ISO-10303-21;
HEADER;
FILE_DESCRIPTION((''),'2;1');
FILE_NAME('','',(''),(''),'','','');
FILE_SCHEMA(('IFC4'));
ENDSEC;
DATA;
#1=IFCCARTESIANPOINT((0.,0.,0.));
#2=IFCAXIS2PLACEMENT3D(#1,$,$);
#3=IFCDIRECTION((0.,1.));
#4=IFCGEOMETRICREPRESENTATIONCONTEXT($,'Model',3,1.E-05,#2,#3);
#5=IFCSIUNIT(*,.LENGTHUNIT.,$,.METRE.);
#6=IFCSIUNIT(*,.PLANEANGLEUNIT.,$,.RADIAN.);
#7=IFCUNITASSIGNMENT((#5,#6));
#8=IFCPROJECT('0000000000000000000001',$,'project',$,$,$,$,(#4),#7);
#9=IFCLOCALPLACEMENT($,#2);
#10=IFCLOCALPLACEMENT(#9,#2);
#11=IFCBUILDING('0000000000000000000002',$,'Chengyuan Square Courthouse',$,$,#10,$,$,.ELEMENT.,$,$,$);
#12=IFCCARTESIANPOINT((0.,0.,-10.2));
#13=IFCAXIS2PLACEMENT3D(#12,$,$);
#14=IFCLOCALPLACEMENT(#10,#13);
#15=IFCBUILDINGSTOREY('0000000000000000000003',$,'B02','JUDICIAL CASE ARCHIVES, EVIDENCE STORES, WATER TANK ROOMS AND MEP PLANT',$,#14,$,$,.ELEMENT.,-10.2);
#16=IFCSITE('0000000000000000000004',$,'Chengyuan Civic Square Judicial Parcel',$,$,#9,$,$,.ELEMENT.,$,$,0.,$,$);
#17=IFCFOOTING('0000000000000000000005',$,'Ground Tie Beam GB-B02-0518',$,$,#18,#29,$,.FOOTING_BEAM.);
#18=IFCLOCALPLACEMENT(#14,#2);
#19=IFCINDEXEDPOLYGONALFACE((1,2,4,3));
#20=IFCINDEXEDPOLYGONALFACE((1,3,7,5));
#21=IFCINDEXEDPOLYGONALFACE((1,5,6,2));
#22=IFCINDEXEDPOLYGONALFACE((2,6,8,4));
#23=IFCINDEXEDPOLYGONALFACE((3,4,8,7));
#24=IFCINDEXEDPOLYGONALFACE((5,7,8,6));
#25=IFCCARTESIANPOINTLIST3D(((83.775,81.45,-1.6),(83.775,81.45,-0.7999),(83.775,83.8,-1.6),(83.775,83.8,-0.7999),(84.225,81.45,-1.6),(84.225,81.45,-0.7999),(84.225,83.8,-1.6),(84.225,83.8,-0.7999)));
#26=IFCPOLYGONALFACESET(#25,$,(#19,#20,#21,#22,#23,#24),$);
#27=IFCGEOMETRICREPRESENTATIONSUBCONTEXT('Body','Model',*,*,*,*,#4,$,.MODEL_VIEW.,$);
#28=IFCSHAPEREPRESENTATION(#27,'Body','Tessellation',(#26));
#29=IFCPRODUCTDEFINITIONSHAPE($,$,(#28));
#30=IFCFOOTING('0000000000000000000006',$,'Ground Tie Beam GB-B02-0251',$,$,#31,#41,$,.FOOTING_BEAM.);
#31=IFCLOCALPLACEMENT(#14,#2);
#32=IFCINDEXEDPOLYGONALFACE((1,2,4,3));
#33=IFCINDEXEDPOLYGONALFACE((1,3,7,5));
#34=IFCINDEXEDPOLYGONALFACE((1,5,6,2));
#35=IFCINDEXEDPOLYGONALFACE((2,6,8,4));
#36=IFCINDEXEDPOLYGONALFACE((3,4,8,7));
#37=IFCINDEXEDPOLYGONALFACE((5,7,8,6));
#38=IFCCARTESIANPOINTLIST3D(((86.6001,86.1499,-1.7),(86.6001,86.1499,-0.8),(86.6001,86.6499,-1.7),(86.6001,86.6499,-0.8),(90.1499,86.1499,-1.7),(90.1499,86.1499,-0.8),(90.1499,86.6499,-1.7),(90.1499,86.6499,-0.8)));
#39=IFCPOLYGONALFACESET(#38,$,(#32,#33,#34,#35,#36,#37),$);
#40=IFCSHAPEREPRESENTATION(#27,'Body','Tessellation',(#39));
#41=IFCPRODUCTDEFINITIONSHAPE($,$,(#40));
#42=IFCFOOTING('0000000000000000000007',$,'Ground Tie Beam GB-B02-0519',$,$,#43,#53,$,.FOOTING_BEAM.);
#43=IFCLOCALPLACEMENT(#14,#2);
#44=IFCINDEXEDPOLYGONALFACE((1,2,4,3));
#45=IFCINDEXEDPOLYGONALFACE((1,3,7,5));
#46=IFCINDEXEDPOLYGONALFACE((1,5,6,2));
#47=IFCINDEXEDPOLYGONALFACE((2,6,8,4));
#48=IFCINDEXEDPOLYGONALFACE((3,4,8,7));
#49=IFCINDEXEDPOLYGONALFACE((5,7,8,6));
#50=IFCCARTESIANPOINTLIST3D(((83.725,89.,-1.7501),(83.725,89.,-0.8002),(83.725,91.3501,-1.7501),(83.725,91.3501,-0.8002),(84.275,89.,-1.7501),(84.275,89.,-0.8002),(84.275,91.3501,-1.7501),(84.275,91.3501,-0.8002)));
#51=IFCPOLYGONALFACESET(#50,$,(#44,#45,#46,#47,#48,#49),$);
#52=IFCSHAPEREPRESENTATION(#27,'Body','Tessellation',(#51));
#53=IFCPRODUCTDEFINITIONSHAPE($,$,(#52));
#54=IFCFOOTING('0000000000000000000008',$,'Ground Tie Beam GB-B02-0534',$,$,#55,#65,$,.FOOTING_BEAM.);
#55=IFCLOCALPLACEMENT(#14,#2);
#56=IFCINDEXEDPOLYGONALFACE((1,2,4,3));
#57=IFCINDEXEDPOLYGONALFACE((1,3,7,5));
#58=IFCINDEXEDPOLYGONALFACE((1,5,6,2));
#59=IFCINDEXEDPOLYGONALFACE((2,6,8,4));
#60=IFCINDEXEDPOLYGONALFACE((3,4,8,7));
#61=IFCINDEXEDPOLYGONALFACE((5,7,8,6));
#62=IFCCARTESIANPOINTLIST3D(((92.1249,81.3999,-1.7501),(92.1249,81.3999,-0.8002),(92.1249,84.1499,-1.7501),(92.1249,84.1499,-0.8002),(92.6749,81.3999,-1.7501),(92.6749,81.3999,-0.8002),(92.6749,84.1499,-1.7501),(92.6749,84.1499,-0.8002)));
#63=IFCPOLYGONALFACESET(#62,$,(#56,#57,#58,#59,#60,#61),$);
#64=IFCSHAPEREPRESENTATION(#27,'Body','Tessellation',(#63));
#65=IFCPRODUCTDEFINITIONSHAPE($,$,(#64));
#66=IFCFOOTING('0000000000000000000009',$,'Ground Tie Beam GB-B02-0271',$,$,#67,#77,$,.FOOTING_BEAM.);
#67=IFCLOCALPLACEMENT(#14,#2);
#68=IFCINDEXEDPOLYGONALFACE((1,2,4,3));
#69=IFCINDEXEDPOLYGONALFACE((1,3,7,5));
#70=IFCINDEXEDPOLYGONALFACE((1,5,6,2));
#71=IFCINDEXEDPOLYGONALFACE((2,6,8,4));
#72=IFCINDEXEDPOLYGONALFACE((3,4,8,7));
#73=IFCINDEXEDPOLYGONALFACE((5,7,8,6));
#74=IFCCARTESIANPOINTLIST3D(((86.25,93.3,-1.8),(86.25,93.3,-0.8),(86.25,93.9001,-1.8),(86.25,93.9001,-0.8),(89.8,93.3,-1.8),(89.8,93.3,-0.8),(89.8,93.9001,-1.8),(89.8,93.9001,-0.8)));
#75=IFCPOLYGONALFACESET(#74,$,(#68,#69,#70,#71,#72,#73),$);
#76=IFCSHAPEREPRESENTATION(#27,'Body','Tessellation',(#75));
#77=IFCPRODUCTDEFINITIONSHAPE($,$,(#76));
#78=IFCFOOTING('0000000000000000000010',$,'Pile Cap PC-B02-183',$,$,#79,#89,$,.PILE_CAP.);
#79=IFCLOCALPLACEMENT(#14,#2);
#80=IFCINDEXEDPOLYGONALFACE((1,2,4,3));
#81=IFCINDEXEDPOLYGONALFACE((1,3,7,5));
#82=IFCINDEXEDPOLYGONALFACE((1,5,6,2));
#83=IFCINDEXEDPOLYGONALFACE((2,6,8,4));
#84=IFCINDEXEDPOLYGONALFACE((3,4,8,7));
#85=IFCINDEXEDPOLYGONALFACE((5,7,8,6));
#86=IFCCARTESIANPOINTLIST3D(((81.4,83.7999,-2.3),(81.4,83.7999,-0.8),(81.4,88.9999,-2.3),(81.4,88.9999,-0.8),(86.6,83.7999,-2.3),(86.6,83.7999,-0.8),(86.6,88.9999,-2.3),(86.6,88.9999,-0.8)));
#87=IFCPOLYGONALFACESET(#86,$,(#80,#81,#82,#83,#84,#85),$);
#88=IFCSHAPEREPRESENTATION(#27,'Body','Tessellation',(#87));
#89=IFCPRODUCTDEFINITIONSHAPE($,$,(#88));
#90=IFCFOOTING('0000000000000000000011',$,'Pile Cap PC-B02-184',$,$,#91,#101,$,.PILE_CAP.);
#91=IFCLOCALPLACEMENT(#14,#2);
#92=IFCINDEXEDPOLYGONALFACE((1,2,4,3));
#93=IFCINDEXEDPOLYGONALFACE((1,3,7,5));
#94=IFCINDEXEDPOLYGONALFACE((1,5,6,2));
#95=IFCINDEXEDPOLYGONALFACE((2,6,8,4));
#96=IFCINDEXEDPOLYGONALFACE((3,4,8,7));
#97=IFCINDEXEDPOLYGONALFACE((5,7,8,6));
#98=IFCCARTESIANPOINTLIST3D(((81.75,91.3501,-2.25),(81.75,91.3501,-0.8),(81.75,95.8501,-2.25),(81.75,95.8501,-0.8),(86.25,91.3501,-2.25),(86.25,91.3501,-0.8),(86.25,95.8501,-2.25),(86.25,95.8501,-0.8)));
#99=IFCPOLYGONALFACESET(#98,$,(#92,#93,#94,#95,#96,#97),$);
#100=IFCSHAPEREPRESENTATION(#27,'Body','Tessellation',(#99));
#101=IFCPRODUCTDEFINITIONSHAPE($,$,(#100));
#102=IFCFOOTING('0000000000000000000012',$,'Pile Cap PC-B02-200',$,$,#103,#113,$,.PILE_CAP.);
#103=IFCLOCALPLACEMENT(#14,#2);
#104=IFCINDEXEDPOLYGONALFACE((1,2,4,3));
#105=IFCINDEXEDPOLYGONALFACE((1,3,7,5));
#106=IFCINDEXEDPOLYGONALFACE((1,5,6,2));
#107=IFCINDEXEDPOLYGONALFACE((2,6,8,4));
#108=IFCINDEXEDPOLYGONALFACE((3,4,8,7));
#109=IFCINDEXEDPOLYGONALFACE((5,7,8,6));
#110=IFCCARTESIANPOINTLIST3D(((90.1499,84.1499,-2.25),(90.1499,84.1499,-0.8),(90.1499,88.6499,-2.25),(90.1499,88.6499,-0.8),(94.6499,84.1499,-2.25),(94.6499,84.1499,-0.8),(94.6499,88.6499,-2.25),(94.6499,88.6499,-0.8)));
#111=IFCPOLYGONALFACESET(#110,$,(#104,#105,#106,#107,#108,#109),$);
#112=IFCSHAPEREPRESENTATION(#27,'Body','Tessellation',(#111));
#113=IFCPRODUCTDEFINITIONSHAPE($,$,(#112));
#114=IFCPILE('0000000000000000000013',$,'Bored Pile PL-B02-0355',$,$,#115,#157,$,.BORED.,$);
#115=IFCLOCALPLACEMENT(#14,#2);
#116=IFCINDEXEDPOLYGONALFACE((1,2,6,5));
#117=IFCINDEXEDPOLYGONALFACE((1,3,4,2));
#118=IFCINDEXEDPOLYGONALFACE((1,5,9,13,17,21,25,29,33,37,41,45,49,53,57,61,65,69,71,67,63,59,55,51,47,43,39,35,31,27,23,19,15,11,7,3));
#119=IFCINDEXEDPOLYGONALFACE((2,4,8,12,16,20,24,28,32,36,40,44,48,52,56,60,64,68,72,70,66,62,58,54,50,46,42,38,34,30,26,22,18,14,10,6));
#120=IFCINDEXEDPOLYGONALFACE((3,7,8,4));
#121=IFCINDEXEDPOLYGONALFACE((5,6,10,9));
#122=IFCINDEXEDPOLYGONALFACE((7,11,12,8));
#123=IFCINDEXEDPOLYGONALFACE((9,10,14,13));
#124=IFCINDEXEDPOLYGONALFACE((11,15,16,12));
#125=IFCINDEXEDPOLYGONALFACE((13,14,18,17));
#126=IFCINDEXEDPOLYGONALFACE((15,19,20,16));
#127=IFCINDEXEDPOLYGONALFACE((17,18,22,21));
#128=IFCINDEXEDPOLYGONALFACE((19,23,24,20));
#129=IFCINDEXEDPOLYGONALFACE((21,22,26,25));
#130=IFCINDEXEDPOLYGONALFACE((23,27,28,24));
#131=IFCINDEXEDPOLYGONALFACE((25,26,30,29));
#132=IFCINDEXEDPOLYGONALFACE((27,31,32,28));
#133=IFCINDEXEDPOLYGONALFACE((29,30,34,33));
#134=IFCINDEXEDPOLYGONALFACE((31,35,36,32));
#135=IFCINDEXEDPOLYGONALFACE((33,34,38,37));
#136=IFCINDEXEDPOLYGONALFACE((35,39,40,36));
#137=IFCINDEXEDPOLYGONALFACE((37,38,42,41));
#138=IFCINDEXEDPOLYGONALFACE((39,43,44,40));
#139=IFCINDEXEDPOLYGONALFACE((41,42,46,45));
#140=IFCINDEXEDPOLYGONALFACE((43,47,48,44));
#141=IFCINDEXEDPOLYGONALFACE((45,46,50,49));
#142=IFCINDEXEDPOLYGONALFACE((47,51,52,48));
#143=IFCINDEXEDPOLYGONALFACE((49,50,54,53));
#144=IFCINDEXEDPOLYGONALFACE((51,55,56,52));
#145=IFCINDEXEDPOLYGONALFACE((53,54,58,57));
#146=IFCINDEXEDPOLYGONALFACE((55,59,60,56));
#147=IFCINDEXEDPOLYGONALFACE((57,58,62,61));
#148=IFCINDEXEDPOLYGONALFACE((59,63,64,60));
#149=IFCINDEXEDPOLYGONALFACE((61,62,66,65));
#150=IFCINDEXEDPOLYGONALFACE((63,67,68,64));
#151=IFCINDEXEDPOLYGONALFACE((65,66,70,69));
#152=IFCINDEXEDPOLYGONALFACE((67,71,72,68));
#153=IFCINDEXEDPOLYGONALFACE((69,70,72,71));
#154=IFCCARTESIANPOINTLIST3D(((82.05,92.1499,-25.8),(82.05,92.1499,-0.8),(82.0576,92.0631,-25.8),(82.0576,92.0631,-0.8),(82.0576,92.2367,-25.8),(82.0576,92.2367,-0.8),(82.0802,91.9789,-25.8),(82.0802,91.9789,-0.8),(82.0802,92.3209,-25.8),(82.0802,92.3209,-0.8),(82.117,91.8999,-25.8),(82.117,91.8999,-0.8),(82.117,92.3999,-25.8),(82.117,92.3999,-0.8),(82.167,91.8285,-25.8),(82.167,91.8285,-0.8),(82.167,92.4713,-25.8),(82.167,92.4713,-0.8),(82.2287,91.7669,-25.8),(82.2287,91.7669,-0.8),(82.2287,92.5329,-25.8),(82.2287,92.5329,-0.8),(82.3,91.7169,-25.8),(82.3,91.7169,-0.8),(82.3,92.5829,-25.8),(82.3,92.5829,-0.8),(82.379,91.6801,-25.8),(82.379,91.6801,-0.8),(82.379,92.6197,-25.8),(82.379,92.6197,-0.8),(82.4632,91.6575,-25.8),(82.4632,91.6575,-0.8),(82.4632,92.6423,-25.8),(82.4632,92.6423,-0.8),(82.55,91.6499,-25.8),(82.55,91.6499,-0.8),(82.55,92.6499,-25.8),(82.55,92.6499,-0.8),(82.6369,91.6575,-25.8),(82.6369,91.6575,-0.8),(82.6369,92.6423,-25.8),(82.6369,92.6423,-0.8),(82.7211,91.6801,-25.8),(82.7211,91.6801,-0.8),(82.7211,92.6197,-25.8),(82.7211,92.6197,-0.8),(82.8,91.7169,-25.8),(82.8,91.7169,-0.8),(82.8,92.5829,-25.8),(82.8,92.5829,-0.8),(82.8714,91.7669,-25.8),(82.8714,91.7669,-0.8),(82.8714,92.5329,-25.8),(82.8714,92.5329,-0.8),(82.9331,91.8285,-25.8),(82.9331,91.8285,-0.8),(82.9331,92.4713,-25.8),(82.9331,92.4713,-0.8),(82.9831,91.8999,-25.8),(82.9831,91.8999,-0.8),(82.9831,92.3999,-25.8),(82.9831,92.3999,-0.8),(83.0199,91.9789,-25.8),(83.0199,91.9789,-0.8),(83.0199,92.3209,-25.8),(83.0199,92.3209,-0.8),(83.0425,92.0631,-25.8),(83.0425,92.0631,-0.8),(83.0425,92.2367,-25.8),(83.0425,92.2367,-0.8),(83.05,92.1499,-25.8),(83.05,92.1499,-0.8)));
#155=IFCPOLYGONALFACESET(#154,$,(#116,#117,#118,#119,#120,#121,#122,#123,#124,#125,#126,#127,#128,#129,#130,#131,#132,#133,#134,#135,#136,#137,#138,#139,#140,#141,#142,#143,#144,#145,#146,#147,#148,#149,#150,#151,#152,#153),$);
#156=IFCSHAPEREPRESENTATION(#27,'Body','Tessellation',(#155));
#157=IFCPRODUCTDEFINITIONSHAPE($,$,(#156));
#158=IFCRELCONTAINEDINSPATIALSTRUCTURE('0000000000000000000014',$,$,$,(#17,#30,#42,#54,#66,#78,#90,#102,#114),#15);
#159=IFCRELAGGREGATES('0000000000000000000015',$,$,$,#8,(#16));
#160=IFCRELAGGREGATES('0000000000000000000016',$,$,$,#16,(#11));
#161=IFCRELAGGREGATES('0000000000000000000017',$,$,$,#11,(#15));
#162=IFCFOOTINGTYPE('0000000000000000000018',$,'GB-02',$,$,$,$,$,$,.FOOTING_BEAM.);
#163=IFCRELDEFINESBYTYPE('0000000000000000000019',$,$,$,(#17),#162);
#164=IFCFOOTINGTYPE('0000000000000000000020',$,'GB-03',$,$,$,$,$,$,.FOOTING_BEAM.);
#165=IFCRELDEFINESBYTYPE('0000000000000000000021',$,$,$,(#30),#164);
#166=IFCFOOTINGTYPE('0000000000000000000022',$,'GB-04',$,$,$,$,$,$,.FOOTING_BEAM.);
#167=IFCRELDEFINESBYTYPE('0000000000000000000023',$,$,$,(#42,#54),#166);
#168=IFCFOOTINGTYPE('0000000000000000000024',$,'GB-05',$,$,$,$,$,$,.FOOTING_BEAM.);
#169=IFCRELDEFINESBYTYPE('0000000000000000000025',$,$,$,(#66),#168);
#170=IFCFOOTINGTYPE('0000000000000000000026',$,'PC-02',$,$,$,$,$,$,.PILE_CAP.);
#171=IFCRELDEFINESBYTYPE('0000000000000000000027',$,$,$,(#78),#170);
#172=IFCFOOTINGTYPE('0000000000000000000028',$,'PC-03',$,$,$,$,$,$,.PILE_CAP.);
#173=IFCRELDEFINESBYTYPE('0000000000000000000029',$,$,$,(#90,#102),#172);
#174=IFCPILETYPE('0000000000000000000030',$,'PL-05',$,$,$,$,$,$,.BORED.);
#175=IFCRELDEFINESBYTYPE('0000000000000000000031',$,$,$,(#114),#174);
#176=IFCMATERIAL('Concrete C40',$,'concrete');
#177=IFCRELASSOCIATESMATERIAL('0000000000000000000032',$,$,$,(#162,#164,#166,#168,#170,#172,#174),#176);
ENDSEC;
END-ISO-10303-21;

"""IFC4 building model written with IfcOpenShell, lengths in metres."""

from ifc_helpers import new_model, si_unit, direction, frame, origin, origin_2d, place, context, subcontext, project, spatial, rectangle, circle, extrude, material, material_profile, profile_set, type_object, element, save


model = new_model("IFC4")

# Units and contexts
model_context = context("Model", 3, precision=1e-05, world=origin(), true_north=direction((0.0, 1.0)))
body_context = subcontext(model_context, "Body", "Model", "MODEL_VIEW")
ifc_project = project(units=[si_unit("LENGTHUNIT", "METRE"), si_unit("PLANEANGLEUNIT", "RADIAN")], contexts=[model_context])

# Site, building, storey
site_placement = place(None, origin())
site = spatial("IfcSite", under=ifc_project, at=site_placement, Name="Chengyuan Civic Square Judicial Parcel", CompositionType="ELEMENT", RefElevation=0.0)
building_placement = place(site_placement, origin())
building = spatial("IfcBuilding", under=site, at=building_placement, Name="Chengyuan Square Courthouse", CompositionType="ELEMENT")
storey_placement = place(building_placement, frame((0.0, 0.0, -10.2)))
storey = spatial("IfcBuildingStorey", under=building, at=storey_placement, Name="B02", Description="JUDICIAL CASE ARCHIVES, EVIDENCE STORES, WATER TANK ROOMS AND MEP PLANT", CompositionType="ELEMENT", Elevation=-10.2)

# Footings
ifc_material_1 = material(Name="Concrete C40", Category="concrete")
ifc_material_profile_1 = material_profile(ifc_material_1, rectangle(XDim=0.45, YDim=0.8, at=origin_2d()), Name="GB-450x800")
ifc_profile_set_1 = profile_set([ifc_material_profile_1], Name="Concrete C40")
footing_type_1 = type_object("IfcFootingType", Name="GB-02", PredefinedType="FOOTING_BEAM", material=ifc_profile_set_1)
footing_1_placement = place(storey_placement, frame((84.0, 81.45, -1.2), z_axis=(0.0, 1.0, 0.0), x_axis=(-1.0, 0.0, 0.0)))
element("IfcFooting", 1, at=footing_1_placement, inside=storey, type_object=footing_type_1, Name="Ground Tie Beam GB-B02-0518", PredefinedType="FOOTING_BEAM", context=body_context, shape_type="SweptSolid", body=[
    extrude(rectangle(XDim=0.45, YDim=0.8, at=origin_2d()), origin(), (0.0, 0.0, 1.0), 2.3501),
])
ifc_material_profile_2 = material_profile(ifc_material_1, rectangle(XDim=0.5, YDim=0.8999, at=origin_2d()), Name="GB-500x900")
ifc_profile_set_2 = profile_set([ifc_material_profile_2], Name="Concrete C40")
footing_type_2 = type_object("IfcFootingType", Name="GB-03", PredefinedType="FOOTING_BEAM", material=ifc_profile_set_2)
footing_2_placement = place(storey_placement, frame((86.6001, 86.3999, -1.25), z_axis=(1.0, 0.0, 0.0), x_axis=(0.0, 1.0, 0.0)))
element("IfcFooting", 2, at=footing_2_placement, inside=storey, type_object=footing_type_2, Name="Ground Tie Beam GB-B02-0251", PredefinedType="FOOTING_BEAM", context=body_context, shape_type="SweptSolid", body=[
    extrude(rectangle(XDim=0.5, YDim=0.8999, at=origin_2d()), origin(), (0.0, 0.0, 1.0), 3.5498),
])
ifc_material_profile_3 = material_profile(ifc_material_1, rectangle(XDim=0.55, YDim=0.95, at=origin_2d()), Name="GB-550x950")
ifc_profile_set_3 = profile_set([ifc_material_profile_3], Name="Concrete C40")
footing_type_3 = type_object("IfcFootingType", Name="GB-04", PredefinedType="FOOTING_BEAM", material=ifc_profile_set_3)
footing_3_placement = place(storey_placement, frame((84.0, 89.0, -1.2751), z_axis=(0.0, 1.0, 0.0), x_axis=(-1.0, 0.0, 0.0)))
element("IfcFooting", 3, at=footing_3_placement, inside=storey, type_object=footing_type_3, Name="Ground Tie Beam GB-B02-0519", PredefinedType="FOOTING_BEAM", context=body_context, shape_type="SweptSolid", body=[
    extrude(rectangle(XDim=0.55, YDim=0.95, at=origin_2d()), origin(), (0.0, 0.0, 1.0), 2.3501),
])
footing_4_placement = place(storey_placement, frame((92.3999, 81.3999, -1.2751), z_axis=(0.0, 1.0, 0.0), x_axis=(-1.0, 0.0, 0.0)))
element("IfcFooting", 4, at=footing_4_placement, inside=storey, type_object=footing_type_3, Name="Ground Tie Beam GB-B02-0534", PredefinedType="FOOTING_BEAM", context=body_context, shape_type="SweptSolid", body=[
    extrude(rectangle(XDim=0.55, YDim=0.95, at=origin_2d()), origin(), (0.0, 0.0, 1.0), 2.75),
])
ifc_material_profile_4 = material_profile(ifc_material_1, rectangle(XDim=0.6001, YDim=1.0, at=origin_2d()), Name="GB-600x1000")
ifc_profile_set_4 = profile_set([ifc_material_profile_4], Name="Concrete C40")
footing_type_4 = type_object("IfcFootingType", Name="GB-05", PredefinedType="FOOTING_BEAM", material=ifc_profile_set_4)
footing_5_placement = place(storey_placement, frame((86.25, 93.6001, -1.3), z_axis=(1.0, 0.0, 0.0), x_axis=(0.0, 1.0, 0.0)))
element("IfcFooting", 5, at=footing_5_placement, inside=storey, type_object=footing_type_4, Name="Ground Tie Beam GB-B02-0271", PredefinedType="FOOTING_BEAM", context=body_context, shape_type="SweptSolid", body=[
    extrude(rectangle(XDim=0.6001, YDim=1.0, at=origin_2d()), origin(), (0.0, 0.0, 1.0), 3.55),
])
footing_type_5 = type_object("IfcFootingType", Name="PC-02", PredefinedType="PILE_CAP", material=ifc_material_1)
footing_6_placement = place(storey_placement, frame((84.0, 86.3999, -2.3), z_axis=(0.0, 0.0, 1.0), x_axis=(1.0, 0.0, 0.0)))
element("IfcFooting", 6, at=footing_6_placement, inside=storey, type_object=footing_type_5, Name="Pile Cap PC-B02-183", PredefinedType="PILE_CAP", context=body_context, shape_type="SweptSolid", body=[
    extrude(rectangle(XDim=5.2, YDim=5.2, at=origin_2d()), origin(), (0.0, 0.0, 1.0), 1.5),
])
footing_type_6 = type_object("IfcFootingType", Name="PC-03", PredefinedType="PILE_CAP", material=ifc_material_1)
for number, where, z_axis, x_axis, name in (
    (7, (84.0, 93.6001, -2.25), (0.0, 0.0, 1.0), (1.0, 0.0, 0.0), "Pile Cap PC-B02-184"),
    (8, (92.3999, 86.3999, -2.25), (0.0, 0.0, 1.0), (1.0, 0.0, 0.0), "Pile Cap PC-B02-200"),
):
    element("IfcFooting", number, at=place(storey_placement, frame(where, z_axis=z_axis, x_axis=x_axis)), inside=storey, type_object=footing_type_6, Name=name, PredefinedType="PILE_CAP", context=body_context, shape_type="SweptSolid", body=[
        extrude(rectangle(XDim=4.5, YDim=4.5, at=origin_2d()), origin(), (0.0, 0.0, 1.0), 1.45),
    ])

# Pile
ifc_material_profile_5 = material_profile(ifc_material_1, circle(Radius=0.5, at=origin_2d()), Name="BORED PILE D1000")
ifc_profile_set_5 = profile_set([ifc_material_profile_5], Name="Concrete C40")
pile_type_1 = type_object("IfcPileType", Name="PL-05", PredefinedType="BORED", material=ifc_profile_set_5)
for number, where, z_axis, x_axis, name in (
    (9, (82.55, 92.1499, -0.8), (0.0, 0.0, -1.0), (1.0, 0.0, 0.0), "Bored Pile PL-B02-0355"),
):
    element("IfcPile", number, at=place(storey_placement, frame(where, z_axis=z_axis, x_axis=x_axis)), inside=storey, type_object=pile_type_1, Name=name, PredefinedType="BORED", context=body_context, shape_type="SweptSolid", body=[
        extrude(circle(Radius=0.5, at=origin_2d()), origin(), (0.0, 0.0, 1.0), 25.0),
    ])

save(model, "model.ifc")
